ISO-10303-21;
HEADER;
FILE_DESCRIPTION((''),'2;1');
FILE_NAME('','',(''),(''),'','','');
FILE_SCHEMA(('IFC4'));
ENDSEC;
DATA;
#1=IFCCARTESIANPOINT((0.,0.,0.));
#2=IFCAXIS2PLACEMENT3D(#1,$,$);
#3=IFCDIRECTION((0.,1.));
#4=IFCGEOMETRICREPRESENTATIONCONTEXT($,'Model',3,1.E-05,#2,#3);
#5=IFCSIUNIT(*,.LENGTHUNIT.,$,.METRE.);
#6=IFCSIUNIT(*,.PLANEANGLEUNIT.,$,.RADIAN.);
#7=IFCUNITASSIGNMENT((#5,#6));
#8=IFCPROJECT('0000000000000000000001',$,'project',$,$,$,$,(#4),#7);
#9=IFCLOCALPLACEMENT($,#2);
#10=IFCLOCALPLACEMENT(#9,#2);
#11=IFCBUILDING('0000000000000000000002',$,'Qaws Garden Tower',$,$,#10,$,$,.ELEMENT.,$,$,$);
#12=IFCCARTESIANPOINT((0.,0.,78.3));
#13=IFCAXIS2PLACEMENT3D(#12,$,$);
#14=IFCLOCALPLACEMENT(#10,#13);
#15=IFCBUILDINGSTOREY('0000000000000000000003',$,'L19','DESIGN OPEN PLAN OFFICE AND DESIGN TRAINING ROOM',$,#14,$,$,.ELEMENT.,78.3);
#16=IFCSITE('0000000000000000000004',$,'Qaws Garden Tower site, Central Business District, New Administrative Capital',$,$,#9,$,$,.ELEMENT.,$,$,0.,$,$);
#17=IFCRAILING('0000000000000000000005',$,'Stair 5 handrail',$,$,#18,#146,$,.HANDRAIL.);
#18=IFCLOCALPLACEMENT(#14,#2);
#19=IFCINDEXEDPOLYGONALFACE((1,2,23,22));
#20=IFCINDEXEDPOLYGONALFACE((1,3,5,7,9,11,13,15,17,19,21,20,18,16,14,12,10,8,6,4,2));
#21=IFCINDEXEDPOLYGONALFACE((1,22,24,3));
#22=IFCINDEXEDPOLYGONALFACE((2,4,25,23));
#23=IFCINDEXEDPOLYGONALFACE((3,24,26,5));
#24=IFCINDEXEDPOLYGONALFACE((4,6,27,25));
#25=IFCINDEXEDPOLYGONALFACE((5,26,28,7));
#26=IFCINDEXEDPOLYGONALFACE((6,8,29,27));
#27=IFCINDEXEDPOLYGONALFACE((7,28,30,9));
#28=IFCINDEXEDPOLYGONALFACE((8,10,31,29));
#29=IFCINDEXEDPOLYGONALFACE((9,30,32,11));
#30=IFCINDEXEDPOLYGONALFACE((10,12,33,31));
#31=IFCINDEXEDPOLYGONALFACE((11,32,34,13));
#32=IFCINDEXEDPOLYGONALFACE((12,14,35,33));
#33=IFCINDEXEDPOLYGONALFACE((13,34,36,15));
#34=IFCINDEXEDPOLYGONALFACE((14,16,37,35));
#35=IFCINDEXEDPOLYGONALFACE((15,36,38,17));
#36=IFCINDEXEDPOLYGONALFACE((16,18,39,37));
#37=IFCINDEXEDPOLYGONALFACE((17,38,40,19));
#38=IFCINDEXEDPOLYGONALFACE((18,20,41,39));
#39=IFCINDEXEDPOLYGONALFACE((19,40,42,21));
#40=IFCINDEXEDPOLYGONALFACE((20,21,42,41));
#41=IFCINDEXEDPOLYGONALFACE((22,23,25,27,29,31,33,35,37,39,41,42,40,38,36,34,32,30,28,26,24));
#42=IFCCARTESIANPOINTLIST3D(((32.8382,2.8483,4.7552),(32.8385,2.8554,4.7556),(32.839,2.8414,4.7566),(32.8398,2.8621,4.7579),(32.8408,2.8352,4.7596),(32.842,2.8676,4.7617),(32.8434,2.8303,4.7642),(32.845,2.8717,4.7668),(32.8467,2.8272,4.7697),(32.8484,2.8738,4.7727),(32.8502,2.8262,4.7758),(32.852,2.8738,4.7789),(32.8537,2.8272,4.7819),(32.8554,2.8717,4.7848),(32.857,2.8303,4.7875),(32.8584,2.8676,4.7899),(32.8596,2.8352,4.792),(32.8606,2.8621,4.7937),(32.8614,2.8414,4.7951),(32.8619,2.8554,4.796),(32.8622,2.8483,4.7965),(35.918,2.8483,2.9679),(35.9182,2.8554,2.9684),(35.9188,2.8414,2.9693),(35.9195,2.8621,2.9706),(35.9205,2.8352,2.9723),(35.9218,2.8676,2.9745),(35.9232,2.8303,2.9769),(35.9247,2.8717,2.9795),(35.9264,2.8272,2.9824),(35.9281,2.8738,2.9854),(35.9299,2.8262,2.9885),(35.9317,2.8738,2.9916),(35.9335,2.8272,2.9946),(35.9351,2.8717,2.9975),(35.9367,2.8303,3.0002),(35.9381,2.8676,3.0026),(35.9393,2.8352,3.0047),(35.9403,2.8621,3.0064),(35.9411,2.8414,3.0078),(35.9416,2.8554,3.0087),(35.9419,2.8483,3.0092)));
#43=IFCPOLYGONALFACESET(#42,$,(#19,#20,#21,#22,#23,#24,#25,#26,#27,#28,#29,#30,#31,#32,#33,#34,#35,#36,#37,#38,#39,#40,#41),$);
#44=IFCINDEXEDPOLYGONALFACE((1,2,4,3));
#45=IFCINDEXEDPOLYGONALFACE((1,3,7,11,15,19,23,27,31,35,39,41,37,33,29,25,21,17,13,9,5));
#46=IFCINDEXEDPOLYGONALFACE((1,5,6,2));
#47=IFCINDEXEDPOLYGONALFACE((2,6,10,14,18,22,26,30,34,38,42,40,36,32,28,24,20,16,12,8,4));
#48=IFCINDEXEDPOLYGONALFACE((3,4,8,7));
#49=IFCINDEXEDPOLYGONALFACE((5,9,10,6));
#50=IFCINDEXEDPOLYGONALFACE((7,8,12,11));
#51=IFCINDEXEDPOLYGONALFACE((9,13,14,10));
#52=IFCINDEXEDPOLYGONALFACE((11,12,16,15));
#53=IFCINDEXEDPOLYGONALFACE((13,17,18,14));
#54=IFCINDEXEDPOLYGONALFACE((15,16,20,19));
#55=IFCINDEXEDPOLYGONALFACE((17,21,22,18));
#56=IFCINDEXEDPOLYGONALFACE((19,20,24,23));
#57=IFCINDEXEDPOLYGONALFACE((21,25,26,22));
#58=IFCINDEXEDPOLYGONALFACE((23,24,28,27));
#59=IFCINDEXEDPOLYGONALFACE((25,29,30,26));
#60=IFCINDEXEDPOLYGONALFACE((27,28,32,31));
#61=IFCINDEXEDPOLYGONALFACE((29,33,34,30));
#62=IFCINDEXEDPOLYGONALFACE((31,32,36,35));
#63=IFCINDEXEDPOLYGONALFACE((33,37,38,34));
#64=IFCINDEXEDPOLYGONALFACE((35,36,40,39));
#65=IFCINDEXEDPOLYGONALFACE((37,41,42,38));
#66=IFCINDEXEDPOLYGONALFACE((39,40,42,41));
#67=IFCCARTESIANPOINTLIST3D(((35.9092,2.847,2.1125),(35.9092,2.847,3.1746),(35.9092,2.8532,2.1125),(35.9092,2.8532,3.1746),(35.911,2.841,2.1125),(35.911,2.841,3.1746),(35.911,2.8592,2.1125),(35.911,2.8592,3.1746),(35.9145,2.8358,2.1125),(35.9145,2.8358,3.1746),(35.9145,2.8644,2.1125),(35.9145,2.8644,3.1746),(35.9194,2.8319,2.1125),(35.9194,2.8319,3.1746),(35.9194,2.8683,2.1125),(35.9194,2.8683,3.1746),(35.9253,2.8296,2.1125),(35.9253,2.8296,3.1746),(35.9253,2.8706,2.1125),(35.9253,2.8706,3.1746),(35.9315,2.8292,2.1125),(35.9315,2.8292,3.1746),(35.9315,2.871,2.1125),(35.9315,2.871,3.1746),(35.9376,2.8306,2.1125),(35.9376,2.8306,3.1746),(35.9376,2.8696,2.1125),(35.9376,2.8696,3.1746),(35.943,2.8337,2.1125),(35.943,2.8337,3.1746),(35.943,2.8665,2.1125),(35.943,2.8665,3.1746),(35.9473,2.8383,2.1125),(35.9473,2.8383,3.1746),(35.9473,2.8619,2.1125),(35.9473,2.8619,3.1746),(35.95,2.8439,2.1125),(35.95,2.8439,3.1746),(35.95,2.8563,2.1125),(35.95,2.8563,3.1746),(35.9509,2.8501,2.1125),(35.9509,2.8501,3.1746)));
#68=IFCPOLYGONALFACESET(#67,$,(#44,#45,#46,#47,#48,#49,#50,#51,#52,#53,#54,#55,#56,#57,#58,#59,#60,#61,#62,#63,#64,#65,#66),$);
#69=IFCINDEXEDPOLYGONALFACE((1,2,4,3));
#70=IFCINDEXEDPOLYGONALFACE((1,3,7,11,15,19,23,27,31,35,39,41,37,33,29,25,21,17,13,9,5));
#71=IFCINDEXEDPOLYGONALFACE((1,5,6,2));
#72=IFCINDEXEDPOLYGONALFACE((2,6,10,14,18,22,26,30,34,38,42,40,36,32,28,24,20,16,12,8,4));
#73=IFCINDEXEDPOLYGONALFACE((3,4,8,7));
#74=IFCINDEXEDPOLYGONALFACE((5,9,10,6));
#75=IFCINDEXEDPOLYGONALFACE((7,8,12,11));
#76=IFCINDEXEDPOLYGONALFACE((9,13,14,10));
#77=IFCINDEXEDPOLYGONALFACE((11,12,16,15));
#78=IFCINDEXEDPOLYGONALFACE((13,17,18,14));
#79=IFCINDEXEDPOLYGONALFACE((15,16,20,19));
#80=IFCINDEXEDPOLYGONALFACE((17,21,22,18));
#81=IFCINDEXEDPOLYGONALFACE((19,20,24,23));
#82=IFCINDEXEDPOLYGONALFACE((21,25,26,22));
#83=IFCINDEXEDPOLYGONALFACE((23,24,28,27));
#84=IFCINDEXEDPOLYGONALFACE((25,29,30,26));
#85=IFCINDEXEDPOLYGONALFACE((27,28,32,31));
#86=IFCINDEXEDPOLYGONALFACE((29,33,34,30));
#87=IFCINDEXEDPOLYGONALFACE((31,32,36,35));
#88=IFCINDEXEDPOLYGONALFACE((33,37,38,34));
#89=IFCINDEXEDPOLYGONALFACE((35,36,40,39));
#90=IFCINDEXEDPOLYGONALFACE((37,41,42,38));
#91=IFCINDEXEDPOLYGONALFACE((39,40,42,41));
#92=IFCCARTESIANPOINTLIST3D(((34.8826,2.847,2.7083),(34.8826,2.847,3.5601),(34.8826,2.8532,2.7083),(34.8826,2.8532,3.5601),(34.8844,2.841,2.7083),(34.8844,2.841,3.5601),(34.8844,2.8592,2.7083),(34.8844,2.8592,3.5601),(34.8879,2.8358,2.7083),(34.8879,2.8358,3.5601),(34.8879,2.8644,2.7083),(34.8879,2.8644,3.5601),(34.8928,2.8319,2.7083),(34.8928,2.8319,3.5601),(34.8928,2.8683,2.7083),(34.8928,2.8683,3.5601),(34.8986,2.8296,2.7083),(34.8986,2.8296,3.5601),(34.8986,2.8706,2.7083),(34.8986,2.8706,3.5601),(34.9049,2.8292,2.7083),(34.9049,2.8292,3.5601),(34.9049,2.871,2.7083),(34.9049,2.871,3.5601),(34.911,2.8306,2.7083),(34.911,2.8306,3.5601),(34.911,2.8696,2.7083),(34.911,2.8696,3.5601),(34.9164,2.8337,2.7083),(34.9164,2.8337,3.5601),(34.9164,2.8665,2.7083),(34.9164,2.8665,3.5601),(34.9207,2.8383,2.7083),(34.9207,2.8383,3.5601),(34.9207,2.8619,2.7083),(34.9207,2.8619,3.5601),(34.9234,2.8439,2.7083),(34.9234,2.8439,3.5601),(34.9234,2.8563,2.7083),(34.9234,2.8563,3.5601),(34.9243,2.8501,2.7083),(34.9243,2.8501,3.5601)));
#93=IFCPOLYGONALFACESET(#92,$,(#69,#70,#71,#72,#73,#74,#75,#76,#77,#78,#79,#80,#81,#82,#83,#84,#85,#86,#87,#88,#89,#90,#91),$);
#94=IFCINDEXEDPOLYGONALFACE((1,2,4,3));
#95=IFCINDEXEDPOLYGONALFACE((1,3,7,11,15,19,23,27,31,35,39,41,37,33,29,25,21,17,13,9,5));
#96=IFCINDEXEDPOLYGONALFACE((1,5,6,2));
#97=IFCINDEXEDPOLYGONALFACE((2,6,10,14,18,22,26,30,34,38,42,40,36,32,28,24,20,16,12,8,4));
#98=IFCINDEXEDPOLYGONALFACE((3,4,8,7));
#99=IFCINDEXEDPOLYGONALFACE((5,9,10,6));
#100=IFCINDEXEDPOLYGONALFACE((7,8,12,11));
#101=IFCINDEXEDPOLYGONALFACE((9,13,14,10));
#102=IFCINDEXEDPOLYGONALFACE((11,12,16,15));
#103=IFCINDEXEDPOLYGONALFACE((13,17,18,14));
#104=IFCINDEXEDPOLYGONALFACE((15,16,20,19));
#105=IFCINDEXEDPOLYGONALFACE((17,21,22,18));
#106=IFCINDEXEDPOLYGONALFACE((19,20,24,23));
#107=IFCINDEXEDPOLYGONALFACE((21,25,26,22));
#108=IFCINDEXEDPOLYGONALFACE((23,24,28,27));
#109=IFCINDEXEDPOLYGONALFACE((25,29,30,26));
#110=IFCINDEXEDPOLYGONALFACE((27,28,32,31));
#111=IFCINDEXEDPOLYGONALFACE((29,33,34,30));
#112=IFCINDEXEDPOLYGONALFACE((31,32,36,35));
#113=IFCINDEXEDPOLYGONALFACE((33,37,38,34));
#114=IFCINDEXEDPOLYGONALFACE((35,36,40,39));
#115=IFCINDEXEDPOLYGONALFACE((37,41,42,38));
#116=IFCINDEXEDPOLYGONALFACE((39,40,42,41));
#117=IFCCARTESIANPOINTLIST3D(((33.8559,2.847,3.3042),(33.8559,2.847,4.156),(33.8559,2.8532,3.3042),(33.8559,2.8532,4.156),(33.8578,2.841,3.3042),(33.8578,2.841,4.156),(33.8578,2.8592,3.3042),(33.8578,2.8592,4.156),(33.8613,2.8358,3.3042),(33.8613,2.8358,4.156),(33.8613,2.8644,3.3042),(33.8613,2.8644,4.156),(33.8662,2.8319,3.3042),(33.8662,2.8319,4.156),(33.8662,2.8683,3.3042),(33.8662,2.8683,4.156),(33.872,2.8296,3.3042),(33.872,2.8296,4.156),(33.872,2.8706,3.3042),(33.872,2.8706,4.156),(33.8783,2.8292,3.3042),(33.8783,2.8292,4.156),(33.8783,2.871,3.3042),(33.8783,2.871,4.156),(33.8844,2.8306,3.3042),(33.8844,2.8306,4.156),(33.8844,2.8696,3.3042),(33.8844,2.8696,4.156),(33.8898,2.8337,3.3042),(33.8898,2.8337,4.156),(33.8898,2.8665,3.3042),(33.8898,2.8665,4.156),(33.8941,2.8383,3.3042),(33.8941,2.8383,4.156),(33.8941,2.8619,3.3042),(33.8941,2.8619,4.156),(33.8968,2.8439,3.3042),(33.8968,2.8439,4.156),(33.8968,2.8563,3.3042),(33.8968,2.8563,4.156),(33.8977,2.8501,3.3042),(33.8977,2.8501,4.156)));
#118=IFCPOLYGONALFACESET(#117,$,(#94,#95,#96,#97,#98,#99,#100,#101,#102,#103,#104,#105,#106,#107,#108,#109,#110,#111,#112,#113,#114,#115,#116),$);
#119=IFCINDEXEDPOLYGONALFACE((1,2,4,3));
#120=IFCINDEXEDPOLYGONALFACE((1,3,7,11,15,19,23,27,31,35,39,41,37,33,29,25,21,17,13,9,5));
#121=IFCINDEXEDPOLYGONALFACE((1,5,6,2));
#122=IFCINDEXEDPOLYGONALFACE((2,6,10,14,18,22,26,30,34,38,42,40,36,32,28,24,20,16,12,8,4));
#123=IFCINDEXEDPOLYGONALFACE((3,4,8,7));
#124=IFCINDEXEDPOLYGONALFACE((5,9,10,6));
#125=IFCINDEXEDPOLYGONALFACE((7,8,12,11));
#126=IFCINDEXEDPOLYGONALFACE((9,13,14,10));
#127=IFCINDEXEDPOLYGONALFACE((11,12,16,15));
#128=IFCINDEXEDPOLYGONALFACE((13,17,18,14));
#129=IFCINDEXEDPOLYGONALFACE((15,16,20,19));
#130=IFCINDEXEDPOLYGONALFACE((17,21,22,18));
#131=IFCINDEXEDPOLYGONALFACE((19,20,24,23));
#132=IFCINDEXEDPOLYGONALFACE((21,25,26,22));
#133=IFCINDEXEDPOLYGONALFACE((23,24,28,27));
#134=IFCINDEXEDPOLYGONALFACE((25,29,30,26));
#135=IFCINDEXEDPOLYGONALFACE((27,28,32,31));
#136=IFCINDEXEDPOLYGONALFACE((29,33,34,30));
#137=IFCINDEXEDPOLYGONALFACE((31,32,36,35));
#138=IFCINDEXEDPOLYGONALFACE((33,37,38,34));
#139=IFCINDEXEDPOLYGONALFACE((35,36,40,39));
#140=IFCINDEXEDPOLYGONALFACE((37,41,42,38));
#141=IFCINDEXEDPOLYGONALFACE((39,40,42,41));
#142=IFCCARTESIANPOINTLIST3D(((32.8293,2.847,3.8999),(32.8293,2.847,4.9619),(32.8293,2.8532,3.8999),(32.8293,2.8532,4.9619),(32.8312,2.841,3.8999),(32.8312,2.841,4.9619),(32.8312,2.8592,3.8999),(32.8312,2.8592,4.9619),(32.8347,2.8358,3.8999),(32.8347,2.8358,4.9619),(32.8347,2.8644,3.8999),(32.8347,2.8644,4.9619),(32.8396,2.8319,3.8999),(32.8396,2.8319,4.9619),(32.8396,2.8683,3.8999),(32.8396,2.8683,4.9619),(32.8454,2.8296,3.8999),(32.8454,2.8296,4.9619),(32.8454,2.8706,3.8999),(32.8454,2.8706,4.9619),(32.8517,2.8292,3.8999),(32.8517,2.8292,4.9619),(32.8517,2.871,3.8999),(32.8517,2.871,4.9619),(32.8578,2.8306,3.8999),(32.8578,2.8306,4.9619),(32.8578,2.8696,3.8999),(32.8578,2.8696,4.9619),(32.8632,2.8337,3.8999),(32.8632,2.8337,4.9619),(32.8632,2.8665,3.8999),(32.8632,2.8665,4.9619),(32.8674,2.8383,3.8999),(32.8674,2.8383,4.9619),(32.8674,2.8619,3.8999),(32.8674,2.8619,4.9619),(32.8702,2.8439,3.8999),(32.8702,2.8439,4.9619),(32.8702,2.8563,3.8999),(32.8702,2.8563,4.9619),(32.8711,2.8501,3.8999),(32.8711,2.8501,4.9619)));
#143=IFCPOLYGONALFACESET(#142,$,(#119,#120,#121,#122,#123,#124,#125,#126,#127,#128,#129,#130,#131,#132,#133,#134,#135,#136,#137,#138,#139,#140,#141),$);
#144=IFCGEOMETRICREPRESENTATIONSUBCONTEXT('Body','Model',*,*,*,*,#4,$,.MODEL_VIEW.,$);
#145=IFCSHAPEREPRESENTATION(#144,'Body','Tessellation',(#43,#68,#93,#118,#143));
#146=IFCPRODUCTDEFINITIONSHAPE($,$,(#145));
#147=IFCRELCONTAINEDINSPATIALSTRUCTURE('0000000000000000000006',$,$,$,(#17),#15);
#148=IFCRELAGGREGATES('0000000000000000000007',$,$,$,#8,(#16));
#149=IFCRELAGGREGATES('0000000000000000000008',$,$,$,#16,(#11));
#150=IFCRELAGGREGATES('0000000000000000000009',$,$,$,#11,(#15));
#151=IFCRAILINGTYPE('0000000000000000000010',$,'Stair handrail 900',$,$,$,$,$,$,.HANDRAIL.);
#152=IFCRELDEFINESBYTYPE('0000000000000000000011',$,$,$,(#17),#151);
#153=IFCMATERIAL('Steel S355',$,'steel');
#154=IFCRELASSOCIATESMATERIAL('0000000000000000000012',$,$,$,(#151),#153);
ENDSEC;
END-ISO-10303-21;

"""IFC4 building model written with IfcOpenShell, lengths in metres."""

from ifc_helpers import new_model, si_unit, direction, frame, origin, origin_2d, place, context, subcontext, project, spatial, circle, extrude, material, type_object, element, save


model = new_model("IFC4")

# Units and contexts
model_context = context("Model", 3, precision=1e-05, world=origin(), true_north=direction((0.0, 1.0)))
body_context = subcontext(model_context, "Body", "Model", "MODEL_VIEW")
ifc_project = project(units=[si_unit("LENGTHUNIT", "METRE"), si_unit("PLANEANGLEUNIT", "RADIAN")], contexts=[model_context])

# Site, building, storey
site_placement = place(None, origin())
site = spatial("IfcSite", under=ifc_project, at=site_placement, Name="Qaws Garden Tower site, Central Business District, New Administrative Capital", CompositionType="ELEMENT", RefElevation=0.0)
building_placement = place(site_placement, origin())
building = spatial("IfcBuilding", under=site, at=building_placement, Name="Qaws Garden Tower", CompositionType="ELEMENT")
storey_placement = place(building_placement, frame((0.0, 0.0, 78.3)))
storey = spatial("IfcBuildingStorey", under=building, at=storey_placement, Name="L19", Description="DESIGN OPEN PLAN OFFICE AND DESIGN TRAINING ROOM", CompositionType="ELEMENT", Elevation=78.3)

# Railing
ifc_material_1 = material(Name="Steel S355", Category="steel")
railing_type = type_object("IfcRailingType", Name="Stair handrail 900", PredefinedType="HANDRAIL", material=ifc_material_1)
railing_1_placement = place(storey_placement, frame((35.9299, 2.8501, 2.1125)))
element("IfcRailing", 1, at=railing_1_placement, inside=storey, type_object=railing_type, Name="Stair 5 handrail", PredefinedType="HANDRAIL", context=body_context, shape_type="SweptSolid", body=[
    extrude(circle(Radius=0.0239, at=origin_2d()), frame((0.0, 0.0, 0.876), z_axis=(-0.864903, 0.0, 0.501939), x_axis=(0.0, -1.0, 0.0)), (0.0, 0.0, 1.0), 3.5608),
    extrude(circle(Radius=0.021, at=origin_2d()), origin(), (0.0, 0.0, 1.0), 1.062),
    extrude(circle(Radius=0.021, at=origin_2d()), frame((-1.0266, 0.0, 0.5957)), (0.0, 0.0, 1.0), 0.8518),
    extrude(circle(Radius=0.021, at=origin_2d()), frame((-2.0532, 0.0, 1.1917)), (0.0, 0.0, 1.0), 0.8518),
    extrude(circle(Radius=0.021, at=origin_2d()), frame((-3.0798, 0.0, 1.7874)), (0.0, 0.0, 1.0), 1.062),
])

save(model, "model.ifc")
